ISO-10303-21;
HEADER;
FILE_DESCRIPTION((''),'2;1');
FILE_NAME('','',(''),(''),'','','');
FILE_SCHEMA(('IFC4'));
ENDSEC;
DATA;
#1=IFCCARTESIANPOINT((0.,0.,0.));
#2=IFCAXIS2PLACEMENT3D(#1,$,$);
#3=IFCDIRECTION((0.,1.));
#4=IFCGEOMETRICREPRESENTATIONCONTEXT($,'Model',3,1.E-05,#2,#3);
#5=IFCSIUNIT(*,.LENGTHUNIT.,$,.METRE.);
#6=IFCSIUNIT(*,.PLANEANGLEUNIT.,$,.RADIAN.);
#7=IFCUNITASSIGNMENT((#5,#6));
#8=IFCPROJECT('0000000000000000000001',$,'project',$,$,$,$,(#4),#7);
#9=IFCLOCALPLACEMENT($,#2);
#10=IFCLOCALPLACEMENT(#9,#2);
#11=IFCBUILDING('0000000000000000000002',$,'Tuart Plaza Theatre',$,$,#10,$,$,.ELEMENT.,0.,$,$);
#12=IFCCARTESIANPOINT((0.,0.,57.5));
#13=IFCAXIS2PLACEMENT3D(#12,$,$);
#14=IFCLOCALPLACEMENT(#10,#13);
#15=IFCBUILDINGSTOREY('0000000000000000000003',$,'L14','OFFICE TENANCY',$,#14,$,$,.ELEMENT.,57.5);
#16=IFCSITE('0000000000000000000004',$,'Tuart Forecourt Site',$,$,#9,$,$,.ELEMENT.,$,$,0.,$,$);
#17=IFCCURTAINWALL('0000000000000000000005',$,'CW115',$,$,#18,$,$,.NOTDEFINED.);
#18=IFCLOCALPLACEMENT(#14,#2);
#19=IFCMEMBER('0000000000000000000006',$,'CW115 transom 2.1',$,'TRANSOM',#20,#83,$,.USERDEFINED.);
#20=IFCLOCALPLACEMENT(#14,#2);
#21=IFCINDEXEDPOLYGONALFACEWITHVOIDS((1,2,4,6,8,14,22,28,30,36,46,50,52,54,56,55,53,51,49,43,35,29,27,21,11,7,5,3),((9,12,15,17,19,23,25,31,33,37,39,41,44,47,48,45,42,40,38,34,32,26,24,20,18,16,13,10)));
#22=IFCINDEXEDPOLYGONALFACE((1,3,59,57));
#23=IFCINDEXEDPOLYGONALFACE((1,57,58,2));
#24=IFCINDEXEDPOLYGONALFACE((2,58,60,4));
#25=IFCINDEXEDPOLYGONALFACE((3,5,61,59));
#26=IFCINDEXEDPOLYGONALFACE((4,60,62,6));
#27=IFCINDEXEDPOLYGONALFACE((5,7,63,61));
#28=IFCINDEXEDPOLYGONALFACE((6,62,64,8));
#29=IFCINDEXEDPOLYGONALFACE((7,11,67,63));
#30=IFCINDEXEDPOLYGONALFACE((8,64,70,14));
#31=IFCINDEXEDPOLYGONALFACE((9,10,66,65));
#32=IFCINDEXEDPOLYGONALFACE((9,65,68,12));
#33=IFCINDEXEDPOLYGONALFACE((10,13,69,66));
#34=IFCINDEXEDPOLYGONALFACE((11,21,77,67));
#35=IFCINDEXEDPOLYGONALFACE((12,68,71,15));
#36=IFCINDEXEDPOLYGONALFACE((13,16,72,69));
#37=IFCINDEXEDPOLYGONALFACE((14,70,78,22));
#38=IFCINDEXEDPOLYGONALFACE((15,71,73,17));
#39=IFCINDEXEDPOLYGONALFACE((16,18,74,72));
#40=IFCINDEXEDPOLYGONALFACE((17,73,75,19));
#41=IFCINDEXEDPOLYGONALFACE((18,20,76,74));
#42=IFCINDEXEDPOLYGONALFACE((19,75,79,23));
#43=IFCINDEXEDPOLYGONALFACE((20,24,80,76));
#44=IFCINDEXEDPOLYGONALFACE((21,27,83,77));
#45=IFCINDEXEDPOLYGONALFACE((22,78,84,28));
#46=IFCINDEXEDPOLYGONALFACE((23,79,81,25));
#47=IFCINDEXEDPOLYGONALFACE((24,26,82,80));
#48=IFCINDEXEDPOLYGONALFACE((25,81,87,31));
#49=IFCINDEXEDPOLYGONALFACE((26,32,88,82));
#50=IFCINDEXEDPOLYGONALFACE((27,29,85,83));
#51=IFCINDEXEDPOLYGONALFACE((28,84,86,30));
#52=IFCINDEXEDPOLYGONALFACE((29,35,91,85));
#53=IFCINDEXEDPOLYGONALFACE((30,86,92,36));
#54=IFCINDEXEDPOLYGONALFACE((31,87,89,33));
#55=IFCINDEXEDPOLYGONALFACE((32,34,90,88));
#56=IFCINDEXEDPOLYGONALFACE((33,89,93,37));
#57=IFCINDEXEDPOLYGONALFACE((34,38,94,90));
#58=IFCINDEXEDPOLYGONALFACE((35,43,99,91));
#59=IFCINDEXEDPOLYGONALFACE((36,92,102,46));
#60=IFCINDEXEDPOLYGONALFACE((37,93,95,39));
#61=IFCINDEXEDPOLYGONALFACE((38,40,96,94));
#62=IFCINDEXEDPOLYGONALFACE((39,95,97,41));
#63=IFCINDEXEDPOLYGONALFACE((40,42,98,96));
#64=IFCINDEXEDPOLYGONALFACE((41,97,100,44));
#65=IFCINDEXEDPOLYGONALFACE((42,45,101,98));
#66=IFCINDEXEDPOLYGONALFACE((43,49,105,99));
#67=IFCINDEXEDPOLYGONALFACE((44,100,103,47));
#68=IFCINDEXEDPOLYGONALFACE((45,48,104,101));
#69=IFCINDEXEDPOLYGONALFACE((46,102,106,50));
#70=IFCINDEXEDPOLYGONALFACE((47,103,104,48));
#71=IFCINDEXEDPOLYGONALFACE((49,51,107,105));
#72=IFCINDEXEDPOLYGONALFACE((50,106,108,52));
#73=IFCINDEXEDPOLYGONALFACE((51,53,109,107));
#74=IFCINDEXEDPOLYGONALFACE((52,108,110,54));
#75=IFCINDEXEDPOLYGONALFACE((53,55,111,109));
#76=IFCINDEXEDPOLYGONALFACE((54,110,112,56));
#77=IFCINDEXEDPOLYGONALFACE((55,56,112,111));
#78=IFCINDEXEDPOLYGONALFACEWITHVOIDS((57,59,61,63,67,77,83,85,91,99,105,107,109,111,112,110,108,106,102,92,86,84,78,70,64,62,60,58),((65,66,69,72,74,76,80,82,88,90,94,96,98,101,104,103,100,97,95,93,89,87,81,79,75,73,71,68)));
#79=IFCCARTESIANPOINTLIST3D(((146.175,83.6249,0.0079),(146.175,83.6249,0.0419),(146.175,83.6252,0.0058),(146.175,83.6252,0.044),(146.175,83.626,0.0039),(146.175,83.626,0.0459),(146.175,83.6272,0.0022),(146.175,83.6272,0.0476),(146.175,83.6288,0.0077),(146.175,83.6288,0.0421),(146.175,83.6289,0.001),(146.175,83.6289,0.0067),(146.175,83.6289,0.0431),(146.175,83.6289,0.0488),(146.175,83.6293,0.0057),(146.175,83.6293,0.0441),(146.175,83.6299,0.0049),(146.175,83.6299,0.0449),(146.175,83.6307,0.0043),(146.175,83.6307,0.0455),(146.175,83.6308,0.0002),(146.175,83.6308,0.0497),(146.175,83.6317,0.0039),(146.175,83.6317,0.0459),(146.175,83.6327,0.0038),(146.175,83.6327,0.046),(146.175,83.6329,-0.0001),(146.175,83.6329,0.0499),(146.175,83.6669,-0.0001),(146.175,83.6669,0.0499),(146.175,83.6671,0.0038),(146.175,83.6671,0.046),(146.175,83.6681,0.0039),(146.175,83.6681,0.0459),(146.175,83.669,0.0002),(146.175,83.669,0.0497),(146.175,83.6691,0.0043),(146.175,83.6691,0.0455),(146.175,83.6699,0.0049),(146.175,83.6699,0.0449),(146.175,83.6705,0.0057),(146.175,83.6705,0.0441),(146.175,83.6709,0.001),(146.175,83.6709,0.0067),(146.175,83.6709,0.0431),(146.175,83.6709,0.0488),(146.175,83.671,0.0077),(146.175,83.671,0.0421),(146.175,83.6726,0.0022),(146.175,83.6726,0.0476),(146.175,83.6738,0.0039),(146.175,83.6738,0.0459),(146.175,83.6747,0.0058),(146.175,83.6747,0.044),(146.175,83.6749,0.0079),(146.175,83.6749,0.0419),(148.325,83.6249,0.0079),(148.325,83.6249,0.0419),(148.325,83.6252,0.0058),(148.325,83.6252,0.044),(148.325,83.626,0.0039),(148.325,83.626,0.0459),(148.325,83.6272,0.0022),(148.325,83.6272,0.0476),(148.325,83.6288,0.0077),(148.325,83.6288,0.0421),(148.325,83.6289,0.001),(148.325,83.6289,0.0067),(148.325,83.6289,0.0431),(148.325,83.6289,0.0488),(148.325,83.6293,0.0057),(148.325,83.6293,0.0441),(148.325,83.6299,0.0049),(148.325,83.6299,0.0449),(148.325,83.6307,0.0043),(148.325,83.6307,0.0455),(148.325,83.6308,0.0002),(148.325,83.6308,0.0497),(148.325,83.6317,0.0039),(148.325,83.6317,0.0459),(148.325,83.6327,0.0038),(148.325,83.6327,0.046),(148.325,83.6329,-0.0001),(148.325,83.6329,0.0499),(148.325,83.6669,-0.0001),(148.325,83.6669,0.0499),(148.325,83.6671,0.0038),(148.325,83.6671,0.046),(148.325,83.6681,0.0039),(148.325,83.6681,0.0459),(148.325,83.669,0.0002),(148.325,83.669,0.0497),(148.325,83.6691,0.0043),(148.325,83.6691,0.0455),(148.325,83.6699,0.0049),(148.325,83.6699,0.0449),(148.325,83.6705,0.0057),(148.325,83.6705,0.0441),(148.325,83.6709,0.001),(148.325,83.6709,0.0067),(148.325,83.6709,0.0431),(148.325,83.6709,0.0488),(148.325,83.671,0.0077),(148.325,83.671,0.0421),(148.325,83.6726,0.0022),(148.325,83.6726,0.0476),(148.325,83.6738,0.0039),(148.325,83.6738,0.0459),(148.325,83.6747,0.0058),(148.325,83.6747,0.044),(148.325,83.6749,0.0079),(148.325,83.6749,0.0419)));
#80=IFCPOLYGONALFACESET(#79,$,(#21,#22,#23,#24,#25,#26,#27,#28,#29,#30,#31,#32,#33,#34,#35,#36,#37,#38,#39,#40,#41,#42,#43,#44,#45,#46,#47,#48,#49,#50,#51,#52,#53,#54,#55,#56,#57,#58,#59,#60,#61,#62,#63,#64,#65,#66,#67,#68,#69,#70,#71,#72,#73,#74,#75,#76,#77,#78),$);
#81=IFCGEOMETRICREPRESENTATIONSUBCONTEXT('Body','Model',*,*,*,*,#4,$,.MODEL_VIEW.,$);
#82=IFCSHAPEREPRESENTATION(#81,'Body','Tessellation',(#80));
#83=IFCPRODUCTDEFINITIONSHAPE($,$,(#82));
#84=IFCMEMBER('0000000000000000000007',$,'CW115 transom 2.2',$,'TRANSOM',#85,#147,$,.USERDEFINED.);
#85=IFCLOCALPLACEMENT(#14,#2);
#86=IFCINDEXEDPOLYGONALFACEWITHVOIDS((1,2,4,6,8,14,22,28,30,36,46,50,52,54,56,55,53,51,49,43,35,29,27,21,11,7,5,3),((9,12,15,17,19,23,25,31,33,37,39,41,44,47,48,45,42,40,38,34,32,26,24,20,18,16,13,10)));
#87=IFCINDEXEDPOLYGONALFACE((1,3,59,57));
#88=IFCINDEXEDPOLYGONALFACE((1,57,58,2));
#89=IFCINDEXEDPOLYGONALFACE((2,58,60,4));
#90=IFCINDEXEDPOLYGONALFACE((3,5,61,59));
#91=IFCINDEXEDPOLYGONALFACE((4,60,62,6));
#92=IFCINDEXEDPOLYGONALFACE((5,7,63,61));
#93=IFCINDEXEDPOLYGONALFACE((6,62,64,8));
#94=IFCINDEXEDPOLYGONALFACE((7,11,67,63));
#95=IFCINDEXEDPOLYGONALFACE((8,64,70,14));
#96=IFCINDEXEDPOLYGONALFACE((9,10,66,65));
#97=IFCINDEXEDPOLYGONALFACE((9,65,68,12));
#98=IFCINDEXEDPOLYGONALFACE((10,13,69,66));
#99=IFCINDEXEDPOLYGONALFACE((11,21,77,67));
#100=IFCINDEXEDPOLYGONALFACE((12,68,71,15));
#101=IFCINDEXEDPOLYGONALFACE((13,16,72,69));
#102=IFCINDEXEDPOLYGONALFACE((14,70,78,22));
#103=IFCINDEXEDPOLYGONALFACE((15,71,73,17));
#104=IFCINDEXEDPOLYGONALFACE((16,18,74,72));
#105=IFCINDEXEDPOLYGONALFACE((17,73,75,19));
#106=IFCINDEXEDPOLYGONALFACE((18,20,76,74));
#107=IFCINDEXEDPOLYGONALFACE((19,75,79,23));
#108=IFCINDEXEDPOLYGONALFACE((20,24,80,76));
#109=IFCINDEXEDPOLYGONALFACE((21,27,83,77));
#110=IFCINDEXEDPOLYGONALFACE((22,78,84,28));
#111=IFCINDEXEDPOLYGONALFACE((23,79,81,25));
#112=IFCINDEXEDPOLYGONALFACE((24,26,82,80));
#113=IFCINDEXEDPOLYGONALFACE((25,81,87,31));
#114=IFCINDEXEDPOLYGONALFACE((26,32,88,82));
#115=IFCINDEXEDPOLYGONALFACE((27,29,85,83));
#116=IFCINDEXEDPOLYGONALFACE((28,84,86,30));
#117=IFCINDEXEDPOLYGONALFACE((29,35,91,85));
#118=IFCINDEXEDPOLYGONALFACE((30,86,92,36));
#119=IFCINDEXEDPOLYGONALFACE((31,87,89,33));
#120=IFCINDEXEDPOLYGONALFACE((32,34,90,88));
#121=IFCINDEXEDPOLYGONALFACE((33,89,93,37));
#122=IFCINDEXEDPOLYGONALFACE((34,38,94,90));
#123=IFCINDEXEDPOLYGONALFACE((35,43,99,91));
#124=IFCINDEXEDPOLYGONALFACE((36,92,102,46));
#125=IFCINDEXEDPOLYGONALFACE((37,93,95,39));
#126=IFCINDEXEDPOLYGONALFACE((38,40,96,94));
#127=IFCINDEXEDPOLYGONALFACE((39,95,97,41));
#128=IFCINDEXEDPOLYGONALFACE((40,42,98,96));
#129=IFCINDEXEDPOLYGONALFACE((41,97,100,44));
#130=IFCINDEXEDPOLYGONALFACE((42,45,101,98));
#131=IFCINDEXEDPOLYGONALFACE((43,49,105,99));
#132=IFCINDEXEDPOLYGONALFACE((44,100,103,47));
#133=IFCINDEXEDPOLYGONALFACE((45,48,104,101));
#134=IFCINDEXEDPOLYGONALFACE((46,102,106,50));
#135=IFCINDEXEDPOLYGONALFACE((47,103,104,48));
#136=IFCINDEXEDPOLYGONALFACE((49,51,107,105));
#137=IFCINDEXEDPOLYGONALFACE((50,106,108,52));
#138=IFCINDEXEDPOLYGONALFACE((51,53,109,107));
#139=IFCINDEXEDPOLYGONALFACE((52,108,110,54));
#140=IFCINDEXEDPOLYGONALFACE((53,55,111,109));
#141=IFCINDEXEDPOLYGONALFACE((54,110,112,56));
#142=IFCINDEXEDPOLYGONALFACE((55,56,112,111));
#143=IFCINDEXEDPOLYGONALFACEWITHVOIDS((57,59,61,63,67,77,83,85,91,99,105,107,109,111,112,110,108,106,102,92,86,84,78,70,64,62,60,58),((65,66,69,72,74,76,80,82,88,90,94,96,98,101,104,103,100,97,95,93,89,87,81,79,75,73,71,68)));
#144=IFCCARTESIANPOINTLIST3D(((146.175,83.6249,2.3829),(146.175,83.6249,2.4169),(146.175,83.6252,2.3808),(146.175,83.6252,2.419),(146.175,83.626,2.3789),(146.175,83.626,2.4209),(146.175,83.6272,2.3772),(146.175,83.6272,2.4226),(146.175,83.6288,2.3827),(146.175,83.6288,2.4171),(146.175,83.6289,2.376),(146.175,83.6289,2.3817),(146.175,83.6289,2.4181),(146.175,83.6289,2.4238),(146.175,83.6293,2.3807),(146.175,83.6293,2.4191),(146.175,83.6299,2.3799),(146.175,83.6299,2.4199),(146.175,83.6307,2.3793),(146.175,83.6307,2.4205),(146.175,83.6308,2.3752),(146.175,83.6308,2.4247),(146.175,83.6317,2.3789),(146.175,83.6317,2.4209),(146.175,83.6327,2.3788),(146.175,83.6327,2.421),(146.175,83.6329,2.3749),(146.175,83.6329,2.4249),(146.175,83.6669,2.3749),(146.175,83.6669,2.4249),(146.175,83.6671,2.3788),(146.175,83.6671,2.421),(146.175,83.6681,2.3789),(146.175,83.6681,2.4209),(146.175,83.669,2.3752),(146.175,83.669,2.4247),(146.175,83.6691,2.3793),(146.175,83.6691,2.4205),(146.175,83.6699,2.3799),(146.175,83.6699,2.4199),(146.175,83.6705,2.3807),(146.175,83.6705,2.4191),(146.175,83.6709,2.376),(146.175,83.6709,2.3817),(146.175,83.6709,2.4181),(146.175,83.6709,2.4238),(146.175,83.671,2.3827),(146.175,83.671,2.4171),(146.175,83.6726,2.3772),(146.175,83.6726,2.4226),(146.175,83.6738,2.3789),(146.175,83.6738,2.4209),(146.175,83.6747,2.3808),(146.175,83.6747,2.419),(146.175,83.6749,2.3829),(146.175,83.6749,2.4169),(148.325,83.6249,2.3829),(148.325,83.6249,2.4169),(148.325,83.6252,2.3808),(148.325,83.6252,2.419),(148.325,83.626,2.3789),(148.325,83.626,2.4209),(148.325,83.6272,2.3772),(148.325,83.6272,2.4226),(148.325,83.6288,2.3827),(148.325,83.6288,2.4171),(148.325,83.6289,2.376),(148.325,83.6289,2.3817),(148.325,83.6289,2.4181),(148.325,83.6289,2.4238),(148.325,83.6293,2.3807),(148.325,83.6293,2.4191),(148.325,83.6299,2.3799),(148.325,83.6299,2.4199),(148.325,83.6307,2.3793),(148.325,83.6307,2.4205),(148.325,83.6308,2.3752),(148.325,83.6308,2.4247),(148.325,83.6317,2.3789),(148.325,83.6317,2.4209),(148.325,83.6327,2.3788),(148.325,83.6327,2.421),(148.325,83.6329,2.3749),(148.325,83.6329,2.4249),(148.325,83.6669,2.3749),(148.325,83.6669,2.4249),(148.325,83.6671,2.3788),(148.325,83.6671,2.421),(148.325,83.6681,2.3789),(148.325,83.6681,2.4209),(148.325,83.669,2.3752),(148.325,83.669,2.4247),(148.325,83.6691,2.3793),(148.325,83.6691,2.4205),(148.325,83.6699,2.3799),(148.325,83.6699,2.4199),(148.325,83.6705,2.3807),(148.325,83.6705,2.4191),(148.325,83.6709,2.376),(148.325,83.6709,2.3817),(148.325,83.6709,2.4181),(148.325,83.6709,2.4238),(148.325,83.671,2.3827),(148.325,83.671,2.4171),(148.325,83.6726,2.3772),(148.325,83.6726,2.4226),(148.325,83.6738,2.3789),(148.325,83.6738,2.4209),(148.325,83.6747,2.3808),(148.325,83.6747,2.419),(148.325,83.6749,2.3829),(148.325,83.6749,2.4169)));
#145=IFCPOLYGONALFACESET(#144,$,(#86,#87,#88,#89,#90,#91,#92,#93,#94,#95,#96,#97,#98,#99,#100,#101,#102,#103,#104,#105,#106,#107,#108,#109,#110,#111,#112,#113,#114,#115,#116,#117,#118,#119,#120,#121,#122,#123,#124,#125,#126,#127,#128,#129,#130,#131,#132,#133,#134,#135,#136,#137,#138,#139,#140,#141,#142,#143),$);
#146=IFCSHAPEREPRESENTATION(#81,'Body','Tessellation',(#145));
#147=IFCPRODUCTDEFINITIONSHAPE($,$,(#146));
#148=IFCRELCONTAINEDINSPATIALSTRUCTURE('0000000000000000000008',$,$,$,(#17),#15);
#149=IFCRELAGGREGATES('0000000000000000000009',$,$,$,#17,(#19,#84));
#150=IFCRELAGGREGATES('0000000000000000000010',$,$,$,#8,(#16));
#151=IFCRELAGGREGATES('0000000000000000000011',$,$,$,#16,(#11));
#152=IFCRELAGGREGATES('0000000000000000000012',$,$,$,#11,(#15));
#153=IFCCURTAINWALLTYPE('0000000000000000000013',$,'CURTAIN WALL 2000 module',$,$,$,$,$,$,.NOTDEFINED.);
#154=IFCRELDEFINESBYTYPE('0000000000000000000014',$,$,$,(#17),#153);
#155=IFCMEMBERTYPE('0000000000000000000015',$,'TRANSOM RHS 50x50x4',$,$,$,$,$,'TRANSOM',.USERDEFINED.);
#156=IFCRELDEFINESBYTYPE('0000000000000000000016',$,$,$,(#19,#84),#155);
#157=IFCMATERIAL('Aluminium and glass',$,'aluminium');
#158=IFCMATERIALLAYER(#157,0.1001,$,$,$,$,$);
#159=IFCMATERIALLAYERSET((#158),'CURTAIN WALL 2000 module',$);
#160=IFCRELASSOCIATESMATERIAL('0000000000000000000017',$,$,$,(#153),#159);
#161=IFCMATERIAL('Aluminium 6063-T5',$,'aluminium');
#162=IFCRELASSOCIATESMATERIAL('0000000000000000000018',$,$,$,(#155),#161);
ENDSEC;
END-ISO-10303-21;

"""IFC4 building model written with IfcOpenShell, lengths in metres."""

from ifc_helpers import new_model, si_unit, direction, frame, origin, origin_2d, place, context, subcontext, project, spatial, hollow_rectangle, extrude, material, layer, layer_set, material_profile, profile_set, type_object, element, aggregate, save


model = new_model("IFC4")

# Units and contexts
model_context = context("Model", 3, precision=1e-05, world=origin(), true_north=direction((0.0, 1.0)))
body_context = subcontext(model_context, "Body", "Model", "MODEL_VIEW")
ifc_project = project(units=[si_unit("LENGTHUNIT", "METRE"), si_unit("PLANEANGLEUNIT", "RADIAN")], contexts=[model_context])

# Site, building, storey
site_placement = place(None, origin())
site = spatial("IfcSite", under=ifc_project, at=site_placement, Name="Tuart Forecourt Site", CompositionType="ELEMENT", RefElevation=0.0)
building_placement = place(site_placement, origin())
building = spatial("IfcBuilding", under=site, at=building_placement, Name="Tuart Plaza Theatre", CompositionType="ELEMENT", ElevationOfRefHeight=0.0)
storey_placement = place(building_placement, frame((0.0, 0.0, 57.5)))
storey = spatial("IfcBuildingStorey", under=building, at=storey_placement, Name="L14", Description="OFFICE TENANCY", CompositionType="ELEMENT", Elevation=57.5)

# Shared definitions
ifc_material_1 = material(Name="Aluminium and glass", Category="aluminium")
ifc_layer_1 = layer(ifc_material_1, 0.1001)
ifc_layer_set_1 = layer_set([ifc_layer_1], Name="CURTAIN WALL 2000 module")
curtain_wall_type = type_object("IfcCurtainWallType", Name="CURTAIN WALL 2000 module", PredefinedType="NOTDEFINED", material=ifc_layer_set_1)

# Curtain wall
curtain_wall_1_placement = place(storey_placement, origin())
curtain_wall_1 = element("IfcCurtainWall", 1, at=curtain_wall_1_placement, inside=storey, type_object=curtain_wall_type, Name="CW115", PredefinedType="NOTDEFINED")

# Members
ifc_material_2 = material(Name="Aluminium 6063-T5", Category="aluminium")
ifc_material_profile_1 = material_profile(ifc_material_2, hollow_rectangle(XDim=0.05, YDim=0.05, WallThickness=0.0039, InnerFilletRadius=0.0039, OuterFilletRadius=0.0081, at=origin_2d()), Name="RHS 50x50x4")
ifc_profile_set_1 = profile_set([ifc_material_profile_1], Name="Aluminium 6063-T5")
member_type_1 = type_object("IfcMemberType", Name="TRANSOM RHS 50x50x4", ElementType="TRANSOM", PredefinedType="USERDEFINED", material=ifc_profile_set_1)
member_1_placement = place(storey_placement, frame((148.325, 83.6499, 0.0249), z_axis=(-1.0, 0.0, 0.0), x_axis=(0.0, -1.0, 0.0)))
member_1 = element("IfcMember", 2, at=member_1_placement, type_object=member_type_1, Name="CW115 transom 2.1", ObjectType="TRANSOM", PredefinedType="USERDEFINED", context=body_context, shape_type="SweptSolid", body=[
    extrude(hollow_rectangle(XDim=0.05, YDim=0.05, WallThickness=0.0039, InnerFilletRadius=0.0039, OuterFilletRadius=0.0081, at=origin_2d()), origin(), (0.0, 0.0, 1.0), 2.1499),
])
member_2_placement = place(storey_placement, frame((148.325, 83.6499, 2.3999), z_axis=(-1.0, 0.0, 0.0), x_axis=(0.0, -1.0, 0.0)))
member_2 = element("IfcMember", 3, at=member_2_placement, type_object=member_type_1, Name="CW115 transom 2.2", ObjectType="TRANSOM", PredefinedType="USERDEFINED", context=body_context, shape_type="SweptSolid", body=[
    extrude(hollow_rectangle(XDim=0.05, YDim=0.05, WallThickness=0.0039, InnerFilletRadius=0.0039, OuterFilletRadius=0.0081, at=origin_2d()), origin(), (0.0, 0.0, 1.0), 2.1499),
])

aggregate(curtain_wall_1, [member_1, member_2])

save(model, "model.ifc")
